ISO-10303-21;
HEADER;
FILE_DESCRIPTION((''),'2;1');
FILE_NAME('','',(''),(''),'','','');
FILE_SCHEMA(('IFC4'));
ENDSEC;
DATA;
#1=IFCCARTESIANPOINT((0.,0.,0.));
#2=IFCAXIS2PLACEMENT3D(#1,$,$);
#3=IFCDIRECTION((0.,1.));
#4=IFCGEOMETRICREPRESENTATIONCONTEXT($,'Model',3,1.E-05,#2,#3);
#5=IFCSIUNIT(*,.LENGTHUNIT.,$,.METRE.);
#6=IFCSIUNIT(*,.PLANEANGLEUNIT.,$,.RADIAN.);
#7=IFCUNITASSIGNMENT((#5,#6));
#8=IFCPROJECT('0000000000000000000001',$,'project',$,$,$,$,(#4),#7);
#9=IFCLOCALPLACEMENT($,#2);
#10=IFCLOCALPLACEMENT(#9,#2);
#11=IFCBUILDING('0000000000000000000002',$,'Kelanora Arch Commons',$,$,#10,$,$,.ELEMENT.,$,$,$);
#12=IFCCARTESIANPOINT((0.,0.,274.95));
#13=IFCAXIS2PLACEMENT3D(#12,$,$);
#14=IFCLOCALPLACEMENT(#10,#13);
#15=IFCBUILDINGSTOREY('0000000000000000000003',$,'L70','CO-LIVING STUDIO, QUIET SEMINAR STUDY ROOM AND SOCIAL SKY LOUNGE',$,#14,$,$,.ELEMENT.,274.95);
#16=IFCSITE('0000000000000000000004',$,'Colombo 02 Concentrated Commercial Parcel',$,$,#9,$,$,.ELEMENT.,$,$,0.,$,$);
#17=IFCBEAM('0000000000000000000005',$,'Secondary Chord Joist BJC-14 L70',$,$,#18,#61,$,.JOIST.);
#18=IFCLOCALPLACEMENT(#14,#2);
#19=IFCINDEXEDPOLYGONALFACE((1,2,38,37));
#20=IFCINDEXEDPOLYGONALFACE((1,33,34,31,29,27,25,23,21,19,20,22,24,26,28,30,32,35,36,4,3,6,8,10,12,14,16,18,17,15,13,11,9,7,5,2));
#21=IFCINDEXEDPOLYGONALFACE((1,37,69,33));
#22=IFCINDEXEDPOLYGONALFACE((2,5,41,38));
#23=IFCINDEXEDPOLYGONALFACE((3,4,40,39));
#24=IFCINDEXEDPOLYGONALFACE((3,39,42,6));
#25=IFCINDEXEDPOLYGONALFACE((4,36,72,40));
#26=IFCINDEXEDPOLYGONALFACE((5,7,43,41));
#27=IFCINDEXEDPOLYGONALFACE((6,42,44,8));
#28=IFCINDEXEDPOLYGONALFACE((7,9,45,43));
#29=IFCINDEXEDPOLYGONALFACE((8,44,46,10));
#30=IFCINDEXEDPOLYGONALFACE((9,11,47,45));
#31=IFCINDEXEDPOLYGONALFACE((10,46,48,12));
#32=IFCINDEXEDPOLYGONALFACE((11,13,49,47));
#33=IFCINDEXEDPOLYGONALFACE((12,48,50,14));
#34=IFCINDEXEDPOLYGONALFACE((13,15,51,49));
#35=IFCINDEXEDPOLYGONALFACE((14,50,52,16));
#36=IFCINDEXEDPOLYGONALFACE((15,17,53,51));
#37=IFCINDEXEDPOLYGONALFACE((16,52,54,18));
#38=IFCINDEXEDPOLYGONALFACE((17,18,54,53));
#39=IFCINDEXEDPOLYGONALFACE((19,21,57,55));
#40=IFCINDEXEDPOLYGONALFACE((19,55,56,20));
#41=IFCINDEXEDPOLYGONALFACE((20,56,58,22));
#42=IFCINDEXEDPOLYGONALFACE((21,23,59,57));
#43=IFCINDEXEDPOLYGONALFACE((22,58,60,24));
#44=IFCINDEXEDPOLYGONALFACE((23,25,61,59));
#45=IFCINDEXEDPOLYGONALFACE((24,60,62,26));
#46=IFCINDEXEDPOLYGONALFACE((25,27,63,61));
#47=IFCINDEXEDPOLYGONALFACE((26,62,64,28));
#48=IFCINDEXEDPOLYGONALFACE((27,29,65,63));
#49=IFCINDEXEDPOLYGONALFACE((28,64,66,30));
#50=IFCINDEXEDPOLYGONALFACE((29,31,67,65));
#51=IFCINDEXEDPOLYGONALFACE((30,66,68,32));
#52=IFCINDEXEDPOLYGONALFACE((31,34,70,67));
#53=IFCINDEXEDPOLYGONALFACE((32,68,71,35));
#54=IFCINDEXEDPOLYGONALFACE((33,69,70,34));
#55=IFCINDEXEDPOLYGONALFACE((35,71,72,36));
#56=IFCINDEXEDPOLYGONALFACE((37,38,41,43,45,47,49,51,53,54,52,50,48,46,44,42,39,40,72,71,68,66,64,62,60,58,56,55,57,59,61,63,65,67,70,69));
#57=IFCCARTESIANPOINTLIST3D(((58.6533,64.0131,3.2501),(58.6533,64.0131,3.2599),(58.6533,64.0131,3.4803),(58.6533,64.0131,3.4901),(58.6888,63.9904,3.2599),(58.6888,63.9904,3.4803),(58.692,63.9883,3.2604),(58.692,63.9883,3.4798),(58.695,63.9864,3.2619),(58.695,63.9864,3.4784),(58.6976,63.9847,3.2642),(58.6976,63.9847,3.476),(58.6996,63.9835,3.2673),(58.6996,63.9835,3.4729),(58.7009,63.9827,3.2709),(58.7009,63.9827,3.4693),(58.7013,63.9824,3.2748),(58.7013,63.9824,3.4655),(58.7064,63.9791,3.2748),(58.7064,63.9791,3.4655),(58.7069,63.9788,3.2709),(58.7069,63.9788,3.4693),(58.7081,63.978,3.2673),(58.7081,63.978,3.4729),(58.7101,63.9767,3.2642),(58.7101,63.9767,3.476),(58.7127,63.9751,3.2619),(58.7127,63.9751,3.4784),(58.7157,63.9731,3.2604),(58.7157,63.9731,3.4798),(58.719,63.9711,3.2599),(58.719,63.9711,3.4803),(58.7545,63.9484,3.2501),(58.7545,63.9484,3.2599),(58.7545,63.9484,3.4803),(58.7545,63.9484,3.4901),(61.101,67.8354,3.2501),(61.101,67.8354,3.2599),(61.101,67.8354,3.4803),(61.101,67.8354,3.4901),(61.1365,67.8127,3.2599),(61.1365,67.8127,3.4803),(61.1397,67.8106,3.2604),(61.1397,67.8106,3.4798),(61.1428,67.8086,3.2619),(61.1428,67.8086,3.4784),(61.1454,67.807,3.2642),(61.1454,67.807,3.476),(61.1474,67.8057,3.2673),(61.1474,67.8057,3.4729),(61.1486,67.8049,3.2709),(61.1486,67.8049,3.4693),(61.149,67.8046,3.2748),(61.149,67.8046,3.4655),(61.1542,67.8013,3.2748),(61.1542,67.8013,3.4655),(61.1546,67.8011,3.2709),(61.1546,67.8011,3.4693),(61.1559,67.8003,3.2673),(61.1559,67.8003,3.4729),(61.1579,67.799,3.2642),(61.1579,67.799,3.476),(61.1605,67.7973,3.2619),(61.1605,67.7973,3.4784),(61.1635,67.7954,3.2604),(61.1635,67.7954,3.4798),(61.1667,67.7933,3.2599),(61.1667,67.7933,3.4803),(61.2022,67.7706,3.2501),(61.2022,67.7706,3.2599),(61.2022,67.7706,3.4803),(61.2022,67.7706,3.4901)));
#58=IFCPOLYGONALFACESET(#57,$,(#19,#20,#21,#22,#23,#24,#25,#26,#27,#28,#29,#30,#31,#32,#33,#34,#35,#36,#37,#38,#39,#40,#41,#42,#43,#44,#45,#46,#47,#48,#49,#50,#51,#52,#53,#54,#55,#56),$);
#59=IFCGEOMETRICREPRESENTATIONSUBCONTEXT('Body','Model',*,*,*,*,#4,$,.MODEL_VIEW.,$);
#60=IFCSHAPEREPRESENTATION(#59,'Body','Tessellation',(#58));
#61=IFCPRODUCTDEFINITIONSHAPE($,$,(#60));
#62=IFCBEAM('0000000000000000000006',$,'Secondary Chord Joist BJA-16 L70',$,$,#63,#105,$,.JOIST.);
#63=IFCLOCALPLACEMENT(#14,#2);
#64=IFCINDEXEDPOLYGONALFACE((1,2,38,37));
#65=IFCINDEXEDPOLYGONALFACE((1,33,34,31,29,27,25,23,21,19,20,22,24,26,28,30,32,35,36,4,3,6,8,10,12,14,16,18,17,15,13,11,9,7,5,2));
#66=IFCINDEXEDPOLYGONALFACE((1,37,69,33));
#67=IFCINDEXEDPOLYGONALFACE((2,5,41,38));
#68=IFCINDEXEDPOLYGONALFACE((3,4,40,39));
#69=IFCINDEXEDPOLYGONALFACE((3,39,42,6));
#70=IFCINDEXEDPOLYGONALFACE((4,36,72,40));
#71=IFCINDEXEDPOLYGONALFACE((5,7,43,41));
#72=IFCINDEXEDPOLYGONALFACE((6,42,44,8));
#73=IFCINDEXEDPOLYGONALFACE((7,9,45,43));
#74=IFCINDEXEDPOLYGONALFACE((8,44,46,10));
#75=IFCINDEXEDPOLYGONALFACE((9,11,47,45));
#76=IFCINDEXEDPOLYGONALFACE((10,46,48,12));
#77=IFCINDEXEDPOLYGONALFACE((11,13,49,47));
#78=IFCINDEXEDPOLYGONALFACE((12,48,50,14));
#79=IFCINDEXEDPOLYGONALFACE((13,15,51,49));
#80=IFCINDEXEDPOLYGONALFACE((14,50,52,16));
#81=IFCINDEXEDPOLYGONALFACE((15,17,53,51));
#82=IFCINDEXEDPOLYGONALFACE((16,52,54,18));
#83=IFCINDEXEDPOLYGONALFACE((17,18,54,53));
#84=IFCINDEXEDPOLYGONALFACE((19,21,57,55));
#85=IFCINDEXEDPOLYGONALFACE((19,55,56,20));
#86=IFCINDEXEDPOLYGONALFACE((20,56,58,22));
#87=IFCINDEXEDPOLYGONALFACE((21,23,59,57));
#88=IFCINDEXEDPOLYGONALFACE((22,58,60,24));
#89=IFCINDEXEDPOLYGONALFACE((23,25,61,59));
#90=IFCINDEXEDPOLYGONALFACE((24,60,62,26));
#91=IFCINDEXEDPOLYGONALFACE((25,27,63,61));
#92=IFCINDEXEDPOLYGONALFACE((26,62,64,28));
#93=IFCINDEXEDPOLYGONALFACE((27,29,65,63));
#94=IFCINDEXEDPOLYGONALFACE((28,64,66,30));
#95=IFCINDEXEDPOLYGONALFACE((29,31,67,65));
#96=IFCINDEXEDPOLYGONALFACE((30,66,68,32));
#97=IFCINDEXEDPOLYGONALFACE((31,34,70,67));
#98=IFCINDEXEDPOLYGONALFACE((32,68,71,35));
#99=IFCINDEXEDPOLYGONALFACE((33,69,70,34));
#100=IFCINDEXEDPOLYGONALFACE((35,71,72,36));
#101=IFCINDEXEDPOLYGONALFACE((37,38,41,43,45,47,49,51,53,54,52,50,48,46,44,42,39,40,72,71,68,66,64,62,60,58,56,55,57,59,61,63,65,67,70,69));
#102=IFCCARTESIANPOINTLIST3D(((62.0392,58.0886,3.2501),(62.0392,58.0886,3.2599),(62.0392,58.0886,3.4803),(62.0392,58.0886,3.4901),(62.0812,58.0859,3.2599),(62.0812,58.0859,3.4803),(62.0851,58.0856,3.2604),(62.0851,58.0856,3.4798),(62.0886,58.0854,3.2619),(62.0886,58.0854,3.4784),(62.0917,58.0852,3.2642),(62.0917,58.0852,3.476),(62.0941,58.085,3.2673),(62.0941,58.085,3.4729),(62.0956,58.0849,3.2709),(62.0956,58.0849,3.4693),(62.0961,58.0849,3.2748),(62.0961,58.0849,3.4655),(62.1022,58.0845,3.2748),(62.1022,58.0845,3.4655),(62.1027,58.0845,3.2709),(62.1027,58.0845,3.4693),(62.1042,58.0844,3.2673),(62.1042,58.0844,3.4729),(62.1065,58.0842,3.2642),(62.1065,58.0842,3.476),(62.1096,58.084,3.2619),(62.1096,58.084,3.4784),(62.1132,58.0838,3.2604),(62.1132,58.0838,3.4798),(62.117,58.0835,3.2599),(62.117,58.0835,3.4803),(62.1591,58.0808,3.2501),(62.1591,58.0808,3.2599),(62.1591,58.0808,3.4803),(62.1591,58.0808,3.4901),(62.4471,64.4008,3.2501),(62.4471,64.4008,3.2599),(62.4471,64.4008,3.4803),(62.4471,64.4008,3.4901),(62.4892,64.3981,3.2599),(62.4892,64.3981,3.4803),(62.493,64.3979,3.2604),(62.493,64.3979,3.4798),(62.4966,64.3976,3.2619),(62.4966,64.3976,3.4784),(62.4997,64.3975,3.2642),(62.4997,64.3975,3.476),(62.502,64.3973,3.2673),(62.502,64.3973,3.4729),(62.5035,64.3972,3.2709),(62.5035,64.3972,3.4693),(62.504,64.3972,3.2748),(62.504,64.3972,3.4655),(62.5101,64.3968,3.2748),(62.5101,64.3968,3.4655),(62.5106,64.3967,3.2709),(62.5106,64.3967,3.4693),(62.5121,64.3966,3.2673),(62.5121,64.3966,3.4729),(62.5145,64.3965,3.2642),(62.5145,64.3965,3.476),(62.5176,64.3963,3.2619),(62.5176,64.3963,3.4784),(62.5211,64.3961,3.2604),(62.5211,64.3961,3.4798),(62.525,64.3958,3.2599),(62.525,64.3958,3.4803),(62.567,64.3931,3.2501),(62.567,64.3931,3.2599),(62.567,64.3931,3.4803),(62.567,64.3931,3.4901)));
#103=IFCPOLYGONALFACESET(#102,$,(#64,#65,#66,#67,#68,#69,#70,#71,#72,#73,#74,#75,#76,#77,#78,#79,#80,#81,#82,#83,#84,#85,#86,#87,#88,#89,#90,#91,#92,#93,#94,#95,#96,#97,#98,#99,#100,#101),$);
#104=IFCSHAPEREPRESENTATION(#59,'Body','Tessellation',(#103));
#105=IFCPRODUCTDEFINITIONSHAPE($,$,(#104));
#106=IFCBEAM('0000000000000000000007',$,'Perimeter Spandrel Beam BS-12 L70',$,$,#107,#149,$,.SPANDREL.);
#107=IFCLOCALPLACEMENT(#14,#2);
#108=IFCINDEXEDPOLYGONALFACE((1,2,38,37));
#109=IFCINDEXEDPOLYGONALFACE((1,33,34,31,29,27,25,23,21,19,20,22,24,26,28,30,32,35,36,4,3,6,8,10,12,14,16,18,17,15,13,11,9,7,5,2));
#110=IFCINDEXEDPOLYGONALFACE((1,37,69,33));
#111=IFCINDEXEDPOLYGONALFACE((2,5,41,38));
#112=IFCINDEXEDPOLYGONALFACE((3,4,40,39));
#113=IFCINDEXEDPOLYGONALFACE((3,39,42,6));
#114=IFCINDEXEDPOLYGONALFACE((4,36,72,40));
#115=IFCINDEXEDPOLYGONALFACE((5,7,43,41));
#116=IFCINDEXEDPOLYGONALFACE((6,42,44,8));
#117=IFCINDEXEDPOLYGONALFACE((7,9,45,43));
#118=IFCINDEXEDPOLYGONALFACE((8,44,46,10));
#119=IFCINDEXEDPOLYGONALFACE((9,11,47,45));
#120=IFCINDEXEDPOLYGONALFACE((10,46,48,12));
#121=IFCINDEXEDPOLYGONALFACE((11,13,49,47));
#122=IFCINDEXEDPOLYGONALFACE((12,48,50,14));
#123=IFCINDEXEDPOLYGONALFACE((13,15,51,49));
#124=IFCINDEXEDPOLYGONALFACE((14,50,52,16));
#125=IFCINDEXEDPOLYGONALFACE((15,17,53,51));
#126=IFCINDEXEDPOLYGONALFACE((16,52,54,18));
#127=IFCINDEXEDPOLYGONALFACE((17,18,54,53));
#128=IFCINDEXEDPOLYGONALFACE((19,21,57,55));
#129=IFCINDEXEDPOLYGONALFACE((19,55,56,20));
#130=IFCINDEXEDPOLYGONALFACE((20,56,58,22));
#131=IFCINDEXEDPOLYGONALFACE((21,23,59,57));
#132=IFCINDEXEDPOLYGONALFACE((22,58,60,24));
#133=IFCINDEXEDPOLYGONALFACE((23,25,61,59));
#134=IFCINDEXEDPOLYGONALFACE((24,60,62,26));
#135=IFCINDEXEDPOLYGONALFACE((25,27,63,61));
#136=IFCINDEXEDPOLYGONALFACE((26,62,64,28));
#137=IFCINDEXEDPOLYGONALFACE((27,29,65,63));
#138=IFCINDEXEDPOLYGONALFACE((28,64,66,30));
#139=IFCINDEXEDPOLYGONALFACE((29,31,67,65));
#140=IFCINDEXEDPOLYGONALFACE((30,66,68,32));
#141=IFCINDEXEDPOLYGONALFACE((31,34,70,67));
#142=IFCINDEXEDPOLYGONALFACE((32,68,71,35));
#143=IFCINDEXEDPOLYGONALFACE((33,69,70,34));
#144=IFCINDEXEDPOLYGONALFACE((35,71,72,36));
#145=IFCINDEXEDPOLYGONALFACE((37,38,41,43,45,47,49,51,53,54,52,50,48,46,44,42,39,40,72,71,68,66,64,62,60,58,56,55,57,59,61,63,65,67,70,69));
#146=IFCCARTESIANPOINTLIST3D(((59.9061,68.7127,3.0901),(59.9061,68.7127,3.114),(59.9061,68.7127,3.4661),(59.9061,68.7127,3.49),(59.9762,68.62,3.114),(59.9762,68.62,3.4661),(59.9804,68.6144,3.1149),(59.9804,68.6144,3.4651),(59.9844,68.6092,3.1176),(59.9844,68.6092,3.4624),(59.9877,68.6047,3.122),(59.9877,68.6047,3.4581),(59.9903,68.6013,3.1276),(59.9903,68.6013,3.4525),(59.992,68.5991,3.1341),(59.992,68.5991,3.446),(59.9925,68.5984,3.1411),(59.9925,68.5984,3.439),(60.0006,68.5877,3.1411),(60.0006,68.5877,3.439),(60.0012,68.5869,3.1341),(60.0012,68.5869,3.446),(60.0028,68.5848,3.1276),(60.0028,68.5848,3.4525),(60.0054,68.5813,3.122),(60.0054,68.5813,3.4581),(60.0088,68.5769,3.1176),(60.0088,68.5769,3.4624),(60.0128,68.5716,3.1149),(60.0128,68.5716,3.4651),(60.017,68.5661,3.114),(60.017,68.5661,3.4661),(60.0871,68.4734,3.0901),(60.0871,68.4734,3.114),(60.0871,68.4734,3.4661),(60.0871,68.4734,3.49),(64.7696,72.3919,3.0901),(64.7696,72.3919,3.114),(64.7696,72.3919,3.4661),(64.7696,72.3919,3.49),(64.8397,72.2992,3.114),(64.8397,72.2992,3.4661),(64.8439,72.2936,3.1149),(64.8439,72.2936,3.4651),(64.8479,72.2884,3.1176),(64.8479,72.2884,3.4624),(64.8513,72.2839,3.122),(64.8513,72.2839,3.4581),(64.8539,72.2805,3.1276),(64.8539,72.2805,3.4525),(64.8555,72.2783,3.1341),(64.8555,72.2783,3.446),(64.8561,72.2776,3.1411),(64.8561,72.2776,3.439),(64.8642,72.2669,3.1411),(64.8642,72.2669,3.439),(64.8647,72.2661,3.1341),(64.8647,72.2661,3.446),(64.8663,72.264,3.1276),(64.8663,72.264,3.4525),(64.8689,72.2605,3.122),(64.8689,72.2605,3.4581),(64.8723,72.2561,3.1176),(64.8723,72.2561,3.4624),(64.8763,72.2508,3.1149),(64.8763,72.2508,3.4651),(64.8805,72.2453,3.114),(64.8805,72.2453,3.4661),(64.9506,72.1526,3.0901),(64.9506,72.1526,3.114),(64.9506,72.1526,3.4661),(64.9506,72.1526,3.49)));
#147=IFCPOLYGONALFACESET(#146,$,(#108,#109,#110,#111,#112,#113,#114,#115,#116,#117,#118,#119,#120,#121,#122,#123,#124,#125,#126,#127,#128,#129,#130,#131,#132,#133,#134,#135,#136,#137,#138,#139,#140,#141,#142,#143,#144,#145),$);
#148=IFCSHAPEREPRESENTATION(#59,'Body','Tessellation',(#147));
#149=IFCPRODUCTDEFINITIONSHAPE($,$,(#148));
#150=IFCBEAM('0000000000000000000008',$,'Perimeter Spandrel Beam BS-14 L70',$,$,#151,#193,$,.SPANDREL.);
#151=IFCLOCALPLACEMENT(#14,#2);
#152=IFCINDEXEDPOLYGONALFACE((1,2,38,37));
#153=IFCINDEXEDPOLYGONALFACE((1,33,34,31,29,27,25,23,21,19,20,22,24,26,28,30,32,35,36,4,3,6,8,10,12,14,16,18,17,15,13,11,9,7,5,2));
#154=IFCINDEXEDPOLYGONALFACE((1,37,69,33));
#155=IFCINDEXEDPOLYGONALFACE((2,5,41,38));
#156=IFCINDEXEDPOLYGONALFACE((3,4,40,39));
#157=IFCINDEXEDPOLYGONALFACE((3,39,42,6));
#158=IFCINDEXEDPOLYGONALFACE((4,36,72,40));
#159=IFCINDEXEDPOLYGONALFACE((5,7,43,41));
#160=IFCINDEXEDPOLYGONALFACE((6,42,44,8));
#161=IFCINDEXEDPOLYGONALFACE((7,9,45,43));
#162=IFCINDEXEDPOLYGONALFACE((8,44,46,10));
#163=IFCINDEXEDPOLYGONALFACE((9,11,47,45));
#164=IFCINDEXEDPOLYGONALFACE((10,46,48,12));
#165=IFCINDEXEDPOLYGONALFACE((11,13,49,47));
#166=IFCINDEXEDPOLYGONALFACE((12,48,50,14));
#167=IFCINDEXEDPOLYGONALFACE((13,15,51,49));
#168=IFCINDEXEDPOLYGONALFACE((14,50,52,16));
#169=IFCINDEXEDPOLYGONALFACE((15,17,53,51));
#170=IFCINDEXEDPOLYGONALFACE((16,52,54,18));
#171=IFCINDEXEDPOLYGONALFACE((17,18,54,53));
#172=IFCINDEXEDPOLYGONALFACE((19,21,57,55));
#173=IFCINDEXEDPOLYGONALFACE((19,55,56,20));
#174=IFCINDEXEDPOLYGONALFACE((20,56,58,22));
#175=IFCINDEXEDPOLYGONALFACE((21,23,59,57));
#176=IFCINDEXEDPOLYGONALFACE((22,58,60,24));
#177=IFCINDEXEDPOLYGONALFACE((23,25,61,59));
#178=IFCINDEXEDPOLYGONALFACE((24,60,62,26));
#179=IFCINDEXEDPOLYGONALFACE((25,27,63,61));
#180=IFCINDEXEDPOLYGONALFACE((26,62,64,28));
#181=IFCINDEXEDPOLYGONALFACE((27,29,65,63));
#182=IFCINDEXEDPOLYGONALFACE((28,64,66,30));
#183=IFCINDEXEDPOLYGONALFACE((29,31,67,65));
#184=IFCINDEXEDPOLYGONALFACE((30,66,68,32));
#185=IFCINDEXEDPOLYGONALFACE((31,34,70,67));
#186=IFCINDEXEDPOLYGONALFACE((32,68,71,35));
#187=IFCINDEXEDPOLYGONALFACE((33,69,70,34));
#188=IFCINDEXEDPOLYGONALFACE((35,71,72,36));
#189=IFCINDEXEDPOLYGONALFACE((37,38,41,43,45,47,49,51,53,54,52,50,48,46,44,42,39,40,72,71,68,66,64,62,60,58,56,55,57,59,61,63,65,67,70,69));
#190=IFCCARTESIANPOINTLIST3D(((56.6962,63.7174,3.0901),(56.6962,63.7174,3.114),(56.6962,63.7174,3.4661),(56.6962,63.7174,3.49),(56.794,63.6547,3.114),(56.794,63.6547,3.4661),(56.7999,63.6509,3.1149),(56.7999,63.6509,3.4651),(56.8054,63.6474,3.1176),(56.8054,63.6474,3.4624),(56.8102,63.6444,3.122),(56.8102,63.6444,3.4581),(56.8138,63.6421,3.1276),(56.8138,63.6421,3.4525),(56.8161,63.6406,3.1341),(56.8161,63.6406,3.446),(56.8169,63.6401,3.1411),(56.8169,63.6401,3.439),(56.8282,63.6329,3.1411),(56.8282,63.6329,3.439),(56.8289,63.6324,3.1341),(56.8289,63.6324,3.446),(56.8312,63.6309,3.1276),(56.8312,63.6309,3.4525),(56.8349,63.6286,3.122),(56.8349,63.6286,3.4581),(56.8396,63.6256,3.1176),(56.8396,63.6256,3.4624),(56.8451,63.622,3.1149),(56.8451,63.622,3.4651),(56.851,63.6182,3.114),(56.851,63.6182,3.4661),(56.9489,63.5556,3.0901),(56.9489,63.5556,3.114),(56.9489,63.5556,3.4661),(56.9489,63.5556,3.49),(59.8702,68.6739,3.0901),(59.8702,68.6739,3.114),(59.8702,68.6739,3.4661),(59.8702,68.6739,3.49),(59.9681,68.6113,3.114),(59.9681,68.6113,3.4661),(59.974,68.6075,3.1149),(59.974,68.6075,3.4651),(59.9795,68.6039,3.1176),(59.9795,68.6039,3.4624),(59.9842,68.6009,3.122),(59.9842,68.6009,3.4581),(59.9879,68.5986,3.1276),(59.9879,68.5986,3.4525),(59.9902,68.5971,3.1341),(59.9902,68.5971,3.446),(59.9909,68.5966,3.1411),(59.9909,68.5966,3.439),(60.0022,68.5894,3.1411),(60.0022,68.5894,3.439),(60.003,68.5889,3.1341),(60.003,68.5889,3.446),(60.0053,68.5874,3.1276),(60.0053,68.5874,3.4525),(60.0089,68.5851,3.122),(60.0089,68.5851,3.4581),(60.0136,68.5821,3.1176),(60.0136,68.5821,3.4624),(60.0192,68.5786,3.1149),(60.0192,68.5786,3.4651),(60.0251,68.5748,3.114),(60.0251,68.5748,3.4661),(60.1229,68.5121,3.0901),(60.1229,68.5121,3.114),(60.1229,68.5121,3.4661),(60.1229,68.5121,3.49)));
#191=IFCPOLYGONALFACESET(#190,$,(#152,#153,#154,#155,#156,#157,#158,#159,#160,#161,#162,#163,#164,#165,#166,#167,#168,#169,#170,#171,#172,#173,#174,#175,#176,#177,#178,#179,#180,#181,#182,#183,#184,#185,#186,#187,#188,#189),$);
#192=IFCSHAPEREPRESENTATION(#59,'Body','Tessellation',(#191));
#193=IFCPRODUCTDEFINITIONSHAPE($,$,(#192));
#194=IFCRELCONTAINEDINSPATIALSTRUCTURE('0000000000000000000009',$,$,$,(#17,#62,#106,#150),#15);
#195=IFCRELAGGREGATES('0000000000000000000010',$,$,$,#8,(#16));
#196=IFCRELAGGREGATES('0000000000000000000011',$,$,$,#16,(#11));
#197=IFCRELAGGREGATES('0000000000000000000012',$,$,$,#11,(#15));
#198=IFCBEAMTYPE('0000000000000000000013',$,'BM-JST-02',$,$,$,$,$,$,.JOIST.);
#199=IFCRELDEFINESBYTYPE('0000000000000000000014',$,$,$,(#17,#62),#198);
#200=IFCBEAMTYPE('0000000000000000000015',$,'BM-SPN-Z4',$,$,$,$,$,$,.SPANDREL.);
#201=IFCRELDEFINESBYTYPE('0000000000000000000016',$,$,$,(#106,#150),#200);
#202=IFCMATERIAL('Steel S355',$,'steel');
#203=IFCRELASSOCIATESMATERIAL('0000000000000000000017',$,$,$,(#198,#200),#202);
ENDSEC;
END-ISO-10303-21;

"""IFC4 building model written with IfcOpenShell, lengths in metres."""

from ifc_helpers import new_model, si_unit, direction, frame, origin, origin_2d, place, context, subcontext, project, spatial, i_section, extrude, material, material_profile, profile_set, type_object, element, save


model = new_model("IFC4")

# Units and contexts
model_context = context("Model", 3, precision=1e-05, world=origin(), true_north=direction((0.0, 1.0)))
body_context = subcontext(model_context, "Body", "Model", "MODEL_VIEW")
ifc_project = project(units=[si_unit("LENGTHUNIT", "METRE"), si_unit("PLANEANGLEUNIT", "RADIAN")], contexts=[model_context])

# Site, building, storey
site_placement = place(None, origin())
site = spatial("IfcSite", under=ifc_project, at=site_placement, Name="Colombo 02 Concentrated Commercial Parcel", CompositionType="ELEMENT", RefElevation=0.0)
building_placement = place(site_placement, origin())
building = spatial("IfcBuilding", under=site, at=building_placement, Name="Kelanora Arch Commons", CompositionType="ELEMENT")
storey_placement = place(building_placement, frame((0.0, 0.0, 274.95)))
storey = spatial("IfcBuildingStorey", under=building, at=storey_placement, Name="L70", Description="CO-LIVING STUDIO, QUIET SEMINAR STUDY ROOM AND SOCIAL SKY LOUNGE", CompositionType="ELEMENT", Elevation=274.95)

# Beams
ifc_material_1 = material(Name="Steel S355", Category="steel")
ifc_material_profile_1 = material_profile(ifc_material_1, i_section(OverallWidth=0.1201, OverallDepth=0.24, WebThickness=0.0061, FlangeThickness=0.0098, FilletRadius=0.0149, at=origin_2d()), Name="IPE240")
ifc_profile_set_1 = profile_set([ifc_material_profile_1], Name="Steel S355")
beam_type_1 = type_object("IfcBeamType", Name="BM-JST-02", PredefinedType="JOIST", material=ifc_profile_set_1)
beam_1_placement = place(storey_placement, frame((61.1516, 67.803, 3.3701), z_axis=(-0.539289, -0.842121, 0.0), x_axis=(0.842121, -0.539289, 0.0)))
element("IfcBeam", 1, at=beam_1_placement, inside=storey, type_object=beam_type_1, Name="Secondary Chord Joist BJC-14 L70", PredefinedType="JOIST", context=body_context, shape_type="SweptSolid", body=[
    extrude(i_section(OverallWidth=0.1201, OverallDepth=0.24, WebThickness=0.0061, FlangeThickness=0.0098, FilletRadius=0.0149, at=origin_2d()), origin(), (0.0, 0.0, 1.0), 4.5388),
])
beam_2_placement = place(storey_placement, frame((62.5071, 64.397, 3.3701), z_axis=(-0.064495, -0.997918, 0.0), x_axis=(0.997918, -0.064495, 0.0)))
element("IfcBeam", 2, at=beam_2_placement, inside=storey, type_object=beam_type_1, Name="Secondary Chord Joist BJA-16 L70", PredefinedType="JOIST", context=body_context, shape_type="SweptSolid", body=[
    extrude(i_section(OverallWidth=0.1201, OverallDepth=0.24, WebThickness=0.0061, FlangeThickness=0.0098, FilletRadius=0.0149, at=origin_2d()), origin(), (0.0, 0.0, 1.0), 6.3254),
])
ifc_material_profile_2 = material_profile(ifc_material_1, i_section(OverallWidth=0.3, OverallDepth=0.3999, WebThickness=0.0134, FlangeThickness=0.0239, FilletRadius=0.0271, at=origin_2d()), Name="HEB400")
ifc_profile_set_2 = profile_set([ifc_material_profile_2], Name="Steel S355")
beam_type_2 = type_object("IfcBeamType", Name="BM-SPN-Z4", PredefinedType="SPANDREL", material=ifc_profile_set_2)
beam_3_placement = place(storey_placement, frame((64.8601, 72.2722, 3.29), z_axis=(-0.797509, -0.603306, 0.0), x_axis=(0.603306, -0.797509, 0.0)))
element("IfcBeam", 3, at=beam_3_placement, inside=storey, type_object=beam_type_2, Name="Perimeter Spandrel Beam BS-12 L70", PredefinedType="SPANDREL", context=body_context, shape_type="SweptSolid", body=[
    extrude(i_section(OverallWidth=0.3, OverallDepth=0.3999, WebThickness=0.0134, FlangeThickness=0.0239, FilletRadius=0.0271, at=origin_2d()), origin(), (0.0, 0.0, 1.0), 6.0984),
])
beam_4_placement = place(storey_placement, frame((59.9966, 68.593, 3.29), z_axis=(-0.539281, -0.842126, 0.0), x_axis=(0.842126, -0.539281, 0.0)))
element("IfcBeam", 4, at=beam_4_placement, inside=storey, type_object=beam_type_2, Name="Perimeter Spandrel Beam BS-14 L70", PredefinedType="SPANDREL", context=body_context, shape_type="SweptSolid", body=[
    extrude(i_section(OverallWidth=0.3, OverallDepth=0.3999, WebThickness=0.0134, FlangeThickness=0.0239, FilletRadius=0.0271, at=origin_2d()), origin(), (0.0, 0.0, 1.0), 5.8857),
])

save(model, "model.ifc")
